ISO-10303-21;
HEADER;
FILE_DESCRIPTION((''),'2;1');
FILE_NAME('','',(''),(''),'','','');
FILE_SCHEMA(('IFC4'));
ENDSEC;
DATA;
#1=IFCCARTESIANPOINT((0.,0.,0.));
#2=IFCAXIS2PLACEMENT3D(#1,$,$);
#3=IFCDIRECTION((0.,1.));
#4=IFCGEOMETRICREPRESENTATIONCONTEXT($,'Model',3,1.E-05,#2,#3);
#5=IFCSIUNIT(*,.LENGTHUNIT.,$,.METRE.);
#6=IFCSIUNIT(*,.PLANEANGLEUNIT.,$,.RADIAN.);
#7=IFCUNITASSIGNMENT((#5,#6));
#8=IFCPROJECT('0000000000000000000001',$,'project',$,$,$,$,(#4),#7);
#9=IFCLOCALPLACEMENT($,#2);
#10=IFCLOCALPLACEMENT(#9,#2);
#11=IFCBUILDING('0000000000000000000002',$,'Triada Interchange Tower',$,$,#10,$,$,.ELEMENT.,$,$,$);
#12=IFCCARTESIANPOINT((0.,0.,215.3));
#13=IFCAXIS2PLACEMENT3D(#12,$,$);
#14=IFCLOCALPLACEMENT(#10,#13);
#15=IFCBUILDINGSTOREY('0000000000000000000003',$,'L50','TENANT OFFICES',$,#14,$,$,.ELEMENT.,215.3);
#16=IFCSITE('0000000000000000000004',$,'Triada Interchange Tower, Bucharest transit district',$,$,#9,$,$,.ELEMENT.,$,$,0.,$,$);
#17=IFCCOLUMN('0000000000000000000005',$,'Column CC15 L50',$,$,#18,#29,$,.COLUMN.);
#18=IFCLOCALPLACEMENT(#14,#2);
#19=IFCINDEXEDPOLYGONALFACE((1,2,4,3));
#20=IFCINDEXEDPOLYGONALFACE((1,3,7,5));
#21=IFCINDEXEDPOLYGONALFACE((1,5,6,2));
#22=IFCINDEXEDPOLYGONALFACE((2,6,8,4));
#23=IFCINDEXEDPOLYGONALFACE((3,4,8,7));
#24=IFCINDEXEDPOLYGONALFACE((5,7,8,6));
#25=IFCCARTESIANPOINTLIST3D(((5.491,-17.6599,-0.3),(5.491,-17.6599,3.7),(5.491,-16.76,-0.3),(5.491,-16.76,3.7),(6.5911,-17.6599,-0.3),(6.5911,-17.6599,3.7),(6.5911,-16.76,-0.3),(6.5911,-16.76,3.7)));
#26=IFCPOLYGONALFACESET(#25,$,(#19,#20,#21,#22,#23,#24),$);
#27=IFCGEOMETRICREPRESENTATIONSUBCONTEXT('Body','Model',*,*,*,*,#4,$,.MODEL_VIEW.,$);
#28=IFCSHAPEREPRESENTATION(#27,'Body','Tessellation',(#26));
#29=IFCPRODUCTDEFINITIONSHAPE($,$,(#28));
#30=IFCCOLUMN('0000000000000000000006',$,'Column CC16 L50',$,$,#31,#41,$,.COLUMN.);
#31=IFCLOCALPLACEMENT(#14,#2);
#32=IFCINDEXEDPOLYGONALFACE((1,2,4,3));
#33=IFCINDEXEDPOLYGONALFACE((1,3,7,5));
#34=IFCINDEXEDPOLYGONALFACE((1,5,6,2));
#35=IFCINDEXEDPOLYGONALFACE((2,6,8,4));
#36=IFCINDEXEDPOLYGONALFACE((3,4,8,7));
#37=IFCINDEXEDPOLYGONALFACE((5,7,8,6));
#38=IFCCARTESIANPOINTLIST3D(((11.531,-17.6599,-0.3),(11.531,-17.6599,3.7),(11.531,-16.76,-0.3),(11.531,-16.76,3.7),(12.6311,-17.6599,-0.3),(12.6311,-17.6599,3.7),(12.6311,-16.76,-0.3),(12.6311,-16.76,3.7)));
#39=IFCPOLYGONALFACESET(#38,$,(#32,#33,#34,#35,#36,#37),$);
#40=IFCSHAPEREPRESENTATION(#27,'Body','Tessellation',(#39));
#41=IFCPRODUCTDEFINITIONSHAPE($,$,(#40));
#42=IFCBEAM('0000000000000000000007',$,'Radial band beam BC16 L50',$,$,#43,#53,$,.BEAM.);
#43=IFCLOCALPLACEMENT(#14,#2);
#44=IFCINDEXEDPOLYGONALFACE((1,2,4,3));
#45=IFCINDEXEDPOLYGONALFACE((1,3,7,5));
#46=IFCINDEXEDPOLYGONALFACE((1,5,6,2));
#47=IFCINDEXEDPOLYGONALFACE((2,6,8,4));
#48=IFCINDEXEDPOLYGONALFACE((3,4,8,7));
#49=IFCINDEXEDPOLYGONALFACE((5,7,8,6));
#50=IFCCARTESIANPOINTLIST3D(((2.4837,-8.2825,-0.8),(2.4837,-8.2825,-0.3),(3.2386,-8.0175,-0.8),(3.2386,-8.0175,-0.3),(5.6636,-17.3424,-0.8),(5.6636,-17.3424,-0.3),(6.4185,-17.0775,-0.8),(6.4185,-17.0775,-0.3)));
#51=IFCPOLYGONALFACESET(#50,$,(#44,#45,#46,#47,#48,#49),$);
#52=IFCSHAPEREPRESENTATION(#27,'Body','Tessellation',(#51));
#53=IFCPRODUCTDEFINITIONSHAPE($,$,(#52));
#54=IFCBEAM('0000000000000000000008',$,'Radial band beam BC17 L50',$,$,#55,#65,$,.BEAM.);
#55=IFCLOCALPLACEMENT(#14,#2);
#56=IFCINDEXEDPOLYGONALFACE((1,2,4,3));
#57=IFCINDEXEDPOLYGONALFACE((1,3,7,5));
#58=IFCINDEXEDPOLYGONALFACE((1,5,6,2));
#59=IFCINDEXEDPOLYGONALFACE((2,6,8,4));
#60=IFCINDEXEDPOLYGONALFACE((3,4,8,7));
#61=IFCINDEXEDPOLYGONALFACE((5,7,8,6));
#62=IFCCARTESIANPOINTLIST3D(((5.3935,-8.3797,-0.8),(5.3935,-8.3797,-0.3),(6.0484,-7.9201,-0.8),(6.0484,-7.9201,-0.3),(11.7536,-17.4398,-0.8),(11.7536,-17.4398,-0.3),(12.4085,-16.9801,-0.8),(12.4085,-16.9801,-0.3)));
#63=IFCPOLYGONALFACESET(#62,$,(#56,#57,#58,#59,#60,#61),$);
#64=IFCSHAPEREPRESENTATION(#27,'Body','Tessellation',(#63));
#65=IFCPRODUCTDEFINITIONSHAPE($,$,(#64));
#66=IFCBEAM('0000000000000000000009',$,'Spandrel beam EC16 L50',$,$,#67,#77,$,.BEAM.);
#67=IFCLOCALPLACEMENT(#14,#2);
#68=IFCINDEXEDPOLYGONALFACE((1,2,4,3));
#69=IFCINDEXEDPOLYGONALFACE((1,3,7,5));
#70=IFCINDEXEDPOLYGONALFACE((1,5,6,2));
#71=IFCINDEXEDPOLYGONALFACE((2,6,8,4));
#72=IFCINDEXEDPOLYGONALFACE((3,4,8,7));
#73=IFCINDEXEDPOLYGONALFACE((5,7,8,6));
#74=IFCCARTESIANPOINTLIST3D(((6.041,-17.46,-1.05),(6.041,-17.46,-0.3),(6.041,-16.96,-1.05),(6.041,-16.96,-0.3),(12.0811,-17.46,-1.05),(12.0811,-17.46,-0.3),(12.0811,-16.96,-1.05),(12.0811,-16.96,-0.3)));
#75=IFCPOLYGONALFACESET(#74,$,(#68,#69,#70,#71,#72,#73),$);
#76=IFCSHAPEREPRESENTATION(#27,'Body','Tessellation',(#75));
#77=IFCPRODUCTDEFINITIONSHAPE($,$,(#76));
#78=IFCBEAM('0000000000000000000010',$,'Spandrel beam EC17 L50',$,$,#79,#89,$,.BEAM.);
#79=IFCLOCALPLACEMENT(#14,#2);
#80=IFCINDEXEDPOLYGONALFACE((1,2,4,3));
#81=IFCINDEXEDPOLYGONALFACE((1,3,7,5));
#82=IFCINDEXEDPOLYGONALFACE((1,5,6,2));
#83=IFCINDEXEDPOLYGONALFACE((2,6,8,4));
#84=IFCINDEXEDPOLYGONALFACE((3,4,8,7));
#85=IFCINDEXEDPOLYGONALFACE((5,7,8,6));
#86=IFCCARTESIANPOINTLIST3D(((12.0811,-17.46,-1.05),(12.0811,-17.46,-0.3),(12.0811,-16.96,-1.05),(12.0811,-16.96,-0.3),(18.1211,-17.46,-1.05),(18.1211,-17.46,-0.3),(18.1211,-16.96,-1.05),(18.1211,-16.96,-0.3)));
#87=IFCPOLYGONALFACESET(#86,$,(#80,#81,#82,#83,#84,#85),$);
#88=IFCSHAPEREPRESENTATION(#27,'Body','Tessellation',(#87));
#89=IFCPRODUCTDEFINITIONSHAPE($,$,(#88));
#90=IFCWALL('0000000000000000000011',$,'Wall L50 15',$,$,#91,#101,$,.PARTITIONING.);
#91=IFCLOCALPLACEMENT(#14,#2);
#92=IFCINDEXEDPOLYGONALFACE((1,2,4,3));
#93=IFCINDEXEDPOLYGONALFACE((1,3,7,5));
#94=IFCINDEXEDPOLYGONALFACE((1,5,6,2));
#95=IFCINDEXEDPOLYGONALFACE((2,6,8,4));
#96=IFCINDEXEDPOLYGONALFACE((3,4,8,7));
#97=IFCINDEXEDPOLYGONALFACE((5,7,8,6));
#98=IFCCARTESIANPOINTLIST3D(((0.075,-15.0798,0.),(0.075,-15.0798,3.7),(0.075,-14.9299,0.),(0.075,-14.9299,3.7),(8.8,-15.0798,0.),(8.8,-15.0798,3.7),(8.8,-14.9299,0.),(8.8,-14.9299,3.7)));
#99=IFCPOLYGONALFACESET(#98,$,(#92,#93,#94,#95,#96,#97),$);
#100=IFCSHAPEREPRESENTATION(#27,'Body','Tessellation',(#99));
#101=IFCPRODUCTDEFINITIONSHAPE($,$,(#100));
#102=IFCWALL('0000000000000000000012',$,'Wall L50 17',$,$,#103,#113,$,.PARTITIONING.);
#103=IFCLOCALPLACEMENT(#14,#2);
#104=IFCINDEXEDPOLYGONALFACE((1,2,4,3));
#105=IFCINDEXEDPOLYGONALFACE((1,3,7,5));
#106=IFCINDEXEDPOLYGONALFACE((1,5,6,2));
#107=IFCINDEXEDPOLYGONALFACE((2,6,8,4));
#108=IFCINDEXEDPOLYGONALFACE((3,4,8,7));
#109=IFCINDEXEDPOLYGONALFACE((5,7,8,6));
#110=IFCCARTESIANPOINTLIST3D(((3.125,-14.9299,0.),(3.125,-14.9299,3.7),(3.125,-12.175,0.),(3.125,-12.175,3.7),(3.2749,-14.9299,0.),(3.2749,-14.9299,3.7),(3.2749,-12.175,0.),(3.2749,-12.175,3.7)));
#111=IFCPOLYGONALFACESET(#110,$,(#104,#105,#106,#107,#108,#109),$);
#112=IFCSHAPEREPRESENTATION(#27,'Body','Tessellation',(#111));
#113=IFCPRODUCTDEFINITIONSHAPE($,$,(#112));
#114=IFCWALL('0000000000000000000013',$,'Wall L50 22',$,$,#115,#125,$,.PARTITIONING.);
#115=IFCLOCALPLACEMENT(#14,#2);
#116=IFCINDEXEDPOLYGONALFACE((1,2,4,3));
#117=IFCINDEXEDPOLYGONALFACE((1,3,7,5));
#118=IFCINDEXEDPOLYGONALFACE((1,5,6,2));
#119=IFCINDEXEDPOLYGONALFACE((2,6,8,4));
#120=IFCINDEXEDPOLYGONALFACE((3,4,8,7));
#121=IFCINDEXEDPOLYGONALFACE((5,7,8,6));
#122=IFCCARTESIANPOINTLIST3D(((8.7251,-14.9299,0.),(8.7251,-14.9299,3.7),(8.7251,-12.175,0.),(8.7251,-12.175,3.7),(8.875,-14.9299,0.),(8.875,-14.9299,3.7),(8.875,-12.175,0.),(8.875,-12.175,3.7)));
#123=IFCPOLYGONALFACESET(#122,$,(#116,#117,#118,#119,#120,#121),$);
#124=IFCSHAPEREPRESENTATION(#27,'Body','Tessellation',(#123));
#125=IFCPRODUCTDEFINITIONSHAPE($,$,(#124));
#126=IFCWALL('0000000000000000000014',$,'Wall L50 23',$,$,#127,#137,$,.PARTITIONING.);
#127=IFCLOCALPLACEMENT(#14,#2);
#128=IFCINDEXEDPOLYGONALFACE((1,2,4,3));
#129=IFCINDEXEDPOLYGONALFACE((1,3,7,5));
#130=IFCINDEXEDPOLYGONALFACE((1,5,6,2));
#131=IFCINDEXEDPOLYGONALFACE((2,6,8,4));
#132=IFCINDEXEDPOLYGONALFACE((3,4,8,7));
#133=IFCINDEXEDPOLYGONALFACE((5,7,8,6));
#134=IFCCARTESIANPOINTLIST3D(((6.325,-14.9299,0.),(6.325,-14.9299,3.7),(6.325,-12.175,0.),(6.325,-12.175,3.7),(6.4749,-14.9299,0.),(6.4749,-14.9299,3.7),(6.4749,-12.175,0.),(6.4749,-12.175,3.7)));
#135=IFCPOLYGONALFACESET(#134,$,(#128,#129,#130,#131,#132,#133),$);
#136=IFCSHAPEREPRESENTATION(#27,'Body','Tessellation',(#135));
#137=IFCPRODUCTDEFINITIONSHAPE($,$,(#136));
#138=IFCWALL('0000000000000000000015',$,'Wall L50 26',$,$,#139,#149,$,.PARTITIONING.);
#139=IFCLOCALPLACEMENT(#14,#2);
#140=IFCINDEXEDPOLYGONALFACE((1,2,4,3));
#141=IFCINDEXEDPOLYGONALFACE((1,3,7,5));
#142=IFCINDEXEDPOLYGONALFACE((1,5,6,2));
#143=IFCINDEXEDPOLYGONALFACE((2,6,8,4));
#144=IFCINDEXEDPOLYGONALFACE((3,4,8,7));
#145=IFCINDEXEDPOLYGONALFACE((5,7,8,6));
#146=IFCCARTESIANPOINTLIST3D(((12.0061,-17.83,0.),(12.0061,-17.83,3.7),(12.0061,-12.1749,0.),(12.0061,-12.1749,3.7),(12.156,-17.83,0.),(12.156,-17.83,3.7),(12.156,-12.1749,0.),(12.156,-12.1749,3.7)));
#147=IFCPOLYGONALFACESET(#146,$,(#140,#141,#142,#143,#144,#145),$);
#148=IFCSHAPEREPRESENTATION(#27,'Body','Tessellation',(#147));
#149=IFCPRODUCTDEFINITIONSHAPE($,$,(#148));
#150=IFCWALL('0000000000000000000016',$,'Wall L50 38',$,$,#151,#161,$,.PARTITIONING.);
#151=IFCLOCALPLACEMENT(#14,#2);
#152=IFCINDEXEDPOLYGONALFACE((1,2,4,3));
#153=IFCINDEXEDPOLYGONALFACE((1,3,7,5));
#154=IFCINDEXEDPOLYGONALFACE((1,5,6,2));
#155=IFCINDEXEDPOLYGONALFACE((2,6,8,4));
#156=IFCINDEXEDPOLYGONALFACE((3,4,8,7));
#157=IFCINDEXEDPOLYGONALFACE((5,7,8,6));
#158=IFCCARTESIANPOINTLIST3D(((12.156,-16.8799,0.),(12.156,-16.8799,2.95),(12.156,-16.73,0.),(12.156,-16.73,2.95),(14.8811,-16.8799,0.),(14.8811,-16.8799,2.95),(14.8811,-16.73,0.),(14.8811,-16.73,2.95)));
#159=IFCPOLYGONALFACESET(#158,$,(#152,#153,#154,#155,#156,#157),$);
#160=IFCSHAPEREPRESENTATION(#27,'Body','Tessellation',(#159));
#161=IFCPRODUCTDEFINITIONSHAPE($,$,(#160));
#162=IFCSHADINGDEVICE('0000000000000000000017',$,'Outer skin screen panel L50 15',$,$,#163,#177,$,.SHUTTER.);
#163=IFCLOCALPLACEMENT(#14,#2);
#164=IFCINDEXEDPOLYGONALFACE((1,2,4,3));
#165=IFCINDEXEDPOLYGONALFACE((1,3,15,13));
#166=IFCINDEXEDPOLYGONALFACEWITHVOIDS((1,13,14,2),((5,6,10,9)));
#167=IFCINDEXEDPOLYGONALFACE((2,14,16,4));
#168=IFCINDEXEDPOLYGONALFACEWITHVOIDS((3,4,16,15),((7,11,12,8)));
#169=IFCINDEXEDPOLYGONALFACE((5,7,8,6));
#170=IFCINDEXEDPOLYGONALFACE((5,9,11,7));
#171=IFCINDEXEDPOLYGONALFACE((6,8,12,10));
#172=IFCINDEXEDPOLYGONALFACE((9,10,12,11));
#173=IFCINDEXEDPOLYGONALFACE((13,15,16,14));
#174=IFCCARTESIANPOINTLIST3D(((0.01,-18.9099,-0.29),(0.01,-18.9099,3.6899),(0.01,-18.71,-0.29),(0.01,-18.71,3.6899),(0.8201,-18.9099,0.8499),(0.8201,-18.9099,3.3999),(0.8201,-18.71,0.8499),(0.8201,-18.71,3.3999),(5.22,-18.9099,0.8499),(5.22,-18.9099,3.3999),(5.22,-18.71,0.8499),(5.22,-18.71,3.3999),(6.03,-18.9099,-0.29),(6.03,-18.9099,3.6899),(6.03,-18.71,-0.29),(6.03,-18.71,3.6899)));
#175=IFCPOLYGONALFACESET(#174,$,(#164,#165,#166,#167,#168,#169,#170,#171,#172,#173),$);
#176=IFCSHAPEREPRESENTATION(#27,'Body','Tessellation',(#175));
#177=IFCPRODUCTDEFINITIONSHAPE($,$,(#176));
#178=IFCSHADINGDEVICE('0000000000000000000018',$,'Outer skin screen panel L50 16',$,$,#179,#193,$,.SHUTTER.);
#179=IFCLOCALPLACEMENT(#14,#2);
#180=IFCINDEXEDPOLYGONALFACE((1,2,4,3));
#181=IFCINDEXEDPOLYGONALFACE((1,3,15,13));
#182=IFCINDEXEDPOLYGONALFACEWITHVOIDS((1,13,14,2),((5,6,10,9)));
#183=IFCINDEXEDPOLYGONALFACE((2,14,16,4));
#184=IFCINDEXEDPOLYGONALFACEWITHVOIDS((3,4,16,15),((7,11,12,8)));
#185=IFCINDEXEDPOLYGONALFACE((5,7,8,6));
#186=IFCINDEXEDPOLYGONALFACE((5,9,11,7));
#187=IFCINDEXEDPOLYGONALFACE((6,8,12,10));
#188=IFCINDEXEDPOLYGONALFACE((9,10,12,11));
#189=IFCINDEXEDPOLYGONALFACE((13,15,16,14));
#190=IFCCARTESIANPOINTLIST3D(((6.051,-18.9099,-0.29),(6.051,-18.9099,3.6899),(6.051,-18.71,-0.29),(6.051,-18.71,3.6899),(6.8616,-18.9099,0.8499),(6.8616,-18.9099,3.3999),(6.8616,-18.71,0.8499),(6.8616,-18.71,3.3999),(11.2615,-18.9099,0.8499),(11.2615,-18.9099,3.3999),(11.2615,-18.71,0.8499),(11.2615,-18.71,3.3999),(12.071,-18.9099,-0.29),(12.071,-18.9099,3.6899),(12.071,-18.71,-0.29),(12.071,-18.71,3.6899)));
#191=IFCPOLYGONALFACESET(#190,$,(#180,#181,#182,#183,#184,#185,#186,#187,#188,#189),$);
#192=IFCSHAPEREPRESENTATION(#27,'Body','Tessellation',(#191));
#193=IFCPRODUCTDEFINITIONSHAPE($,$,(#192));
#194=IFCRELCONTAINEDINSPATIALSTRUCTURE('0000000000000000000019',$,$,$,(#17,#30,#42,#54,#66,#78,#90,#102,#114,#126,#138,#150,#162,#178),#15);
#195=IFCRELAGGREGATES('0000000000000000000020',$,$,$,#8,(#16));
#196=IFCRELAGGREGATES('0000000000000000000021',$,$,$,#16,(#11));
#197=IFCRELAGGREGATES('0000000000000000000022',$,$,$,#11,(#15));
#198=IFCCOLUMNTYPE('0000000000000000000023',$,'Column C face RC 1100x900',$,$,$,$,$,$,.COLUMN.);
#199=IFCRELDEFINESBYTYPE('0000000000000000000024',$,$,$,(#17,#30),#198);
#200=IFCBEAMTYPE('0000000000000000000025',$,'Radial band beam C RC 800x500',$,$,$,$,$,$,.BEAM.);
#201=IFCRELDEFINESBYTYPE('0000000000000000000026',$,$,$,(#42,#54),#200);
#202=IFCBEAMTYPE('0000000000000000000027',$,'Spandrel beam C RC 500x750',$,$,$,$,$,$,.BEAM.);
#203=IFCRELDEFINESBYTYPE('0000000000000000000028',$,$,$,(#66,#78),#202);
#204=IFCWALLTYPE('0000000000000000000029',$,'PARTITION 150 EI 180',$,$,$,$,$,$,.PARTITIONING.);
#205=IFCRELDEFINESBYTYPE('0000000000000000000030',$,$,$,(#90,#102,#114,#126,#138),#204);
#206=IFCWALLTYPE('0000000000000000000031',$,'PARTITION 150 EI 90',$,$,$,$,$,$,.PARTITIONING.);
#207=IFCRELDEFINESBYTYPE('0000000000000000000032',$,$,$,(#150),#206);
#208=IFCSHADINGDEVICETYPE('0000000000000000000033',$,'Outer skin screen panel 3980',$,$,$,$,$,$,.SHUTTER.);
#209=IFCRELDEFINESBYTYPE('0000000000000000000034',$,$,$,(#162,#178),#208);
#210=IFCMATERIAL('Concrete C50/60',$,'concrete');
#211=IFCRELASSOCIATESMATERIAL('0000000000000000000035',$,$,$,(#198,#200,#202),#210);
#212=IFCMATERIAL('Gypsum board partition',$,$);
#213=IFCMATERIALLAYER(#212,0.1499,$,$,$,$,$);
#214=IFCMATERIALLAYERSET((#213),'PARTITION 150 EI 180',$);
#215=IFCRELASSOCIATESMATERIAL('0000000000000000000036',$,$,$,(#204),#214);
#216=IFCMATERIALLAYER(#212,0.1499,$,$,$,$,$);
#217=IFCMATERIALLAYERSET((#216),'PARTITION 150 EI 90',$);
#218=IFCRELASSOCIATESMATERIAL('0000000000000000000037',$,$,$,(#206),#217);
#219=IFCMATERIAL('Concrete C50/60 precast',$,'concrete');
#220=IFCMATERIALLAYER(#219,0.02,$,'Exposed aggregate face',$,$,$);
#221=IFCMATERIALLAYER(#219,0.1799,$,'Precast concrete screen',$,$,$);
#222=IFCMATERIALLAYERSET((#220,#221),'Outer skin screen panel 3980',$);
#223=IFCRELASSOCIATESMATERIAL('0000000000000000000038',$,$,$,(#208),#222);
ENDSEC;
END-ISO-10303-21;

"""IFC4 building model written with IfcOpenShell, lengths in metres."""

from ifc_helpers import new_model, si_unit, direction, frame, frame_2d, origin, origin_2d, place, context, subcontext, project, spatial, polyline, rectangle, outline, extrude, material, layer, layer_set, material_profile, profile_set, type_object, element, save


model = new_model("IFC4")

# Units and contexts
model_context = context("Model", 3, precision=1e-05, world=origin(), true_north=direction((0.0, 1.0)))
body_context = subcontext(model_context, "Body", "Model", "MODEL_VIEW")
ifc_project = project(units=[si_unit("LENGTHUNIT", "METRE"), si_unit("PLANEANGLEUNIT", "RADIAN")], contexts=[model_context])

# Site, building, storey
site_placement = place(None, origin())
site = spatial("IfcSite", under=ifc_project, at=site_placement, Name="Triada Interchange Tower, Bucharest transit district", CompositionType="ELEMENT", RefElevation=0.0)
building_placement = place(site_placement, origin())
building = spatial("IfcBuilding", under=site, at=building_placement, Name="Triada Interchange Tower", CompositionType="ELEMENT")
storey_placement = place(building_placement, frame((0.0, 0.0, 215.3)))
storey = spatial("IfcBuildingStorey", under=building, at=storey_placement, Name="L50", Description="TENANT OFFICES", CompositionType="ELEMENT", Elevation=215.3)

# Columns
ifc_material_1 = material(Name="Concrete C50/60", Category="concrete")
ifc_material_profile_1 = material_profile(ifc_material_1, rectangle(XDim=1.1001, YDim=0.8999, at=origin_2d()), Name="RC 1100x900")
ifc_profile_set_1 = profile_set([ifc_material_profile_1], Name="Concrete C50/60")
column_type = type_object("IfcColumnType", Name="Column C face RC 1100x900", PredefinedType="COLUMN", material=ifc_profile_set_1)
for number, where, z_axis, x_axis, name in (
    (1, (6.041, -17.21, -0.3), (0.0, 0.0, 1.0), (1.0, 0.0, 0.0), "Column CC15 L50"),
    (2, (12.0811, -17.21, -0.3), (0.0, 0.0, 1.0), (1.0, 0.0, 0.0), "Column CC16 L50"),
):
    element("IfcColumn", number, at=place(storey_placement, frame(where, z_axis=z_axis, x_axis=x_axis)), inside=storey, type_object=column_type, Name=name, PredefinedType="COLUMN", context=body_context, shape_type="SweptSolid", body=[
        extrude(rectangle(XDim=1.1001, YDim=0.8999, at=origin_2d()), origin(), (0.0, 0.0, 1.0), 4.0),
    ])

# Beams
ifc_material_profile_2 = material_profile(ifc_material_1, rectangle(XDim=0.8, YDim=0.5, at=origin_2d()), Name="RC 800x500")
ifc_profile_set_2 = profile_set([ifc_material_profile_2], Name="Concrete C50/60")
beam_type_1 = type_object("IfcBeamType", Name="Radial band beam C RC 800x500", PredefinedType="BEAM", material=ifc_profile_set_2)
beam_1_placement = place(storey_placement, frame((6.041, -17.21, -0.55), z_axis=(-0.331177, 0.943569, 0.0), x_axis=(-0.943569, -0.331177, 0.0)))
element("IfcBeam", 3, at=beam_1_placement, inside=storey, type_object=beam_type_1, Name="Radial band beam BC16 L50", PredefinedType="BEAM", context=body_context, shape_type="SweptSolid", body=[
    extrude(rectangle(XDim=0.8, YDim=0.5, at=origin_2d()), origin(), (0.0, 0.0, 1.0), 9.6018),
])
beam_2_placement = place(storey_placement, frame((12.0811, -17.21, -0.55), z_axis=(-0.574557, 0.818464, 0.0), x_axis=(-0.818464, -0.574557, 0.0)))
element("IfcBeam", 4, at=beam_2_placement, inside=storey, type_object=beam_type_1, Name="Radial band beam BC17 L50", PredefinedType="BEAM", context=body_context, shape_type="SweptSolid", body=[
    extrude(rectangle(XDim=0.8, YDim=0.5, at=origin_2d()), origin(), (0.0, 0.0, 1.0), 11.0696),
])
ifc_material_profile_3 = material_profile(ifc_material_1, rectangle(XDim=0.5, YDim=0.75, at=origin_2d()), Name="RC 500x750")
ifc_profile_set_3 = profile_set([ifc_material_profile_3], Name="Concrete C50/60")
beam_type_2 = type_object("IfcBeamType", Name="Spandrel beam C RC 500x750", PredefinedType="BEAM", material=ifc_profile_set_3)
for number, where, z_axis, x_axis, name in (
    (5, (6.041, -17.21, -0.675), (1.0, 0.0, 0.0), (0.0, 1.0, 0.0), "Spandrel beam EC16 L50"),
    (6, (12.0811, -17.21, -0.675), (1.0, 0.0, 0.0), (0.0, 1.0, 0.0), "Spandrel beam EC17 L50"),
):
    element("IfcBeam", number, at=place(storey_placement, frame(where, z_axis=z_axis, x_axis=x_axis)), inside=storey, type_object=beam_type_2, Name=name, PredefinedType="BEAM", context=body_context, shape_type="SweptSolid", body=[
        extrude(rectangle(XDim=0.5, YDim=0.75, at=origin_2d()), origin(), (0.0, 0.0, 1.0), 6.04),
    ])

# Walls
ifc_material_2 = material(Name="Gypsum board partition")
ifc_layer_1 = layer(ifc_material_2, 0.1499)
ifc_layer_set_1 = layer_set([ifc_layer_1], Name="PARTITION 150 EI 180")
wall_type_1 = type_object("IfcWallType", Name="PARTITION 150 EI 180", PredefinedType="PARTITIONING", material=ifc_layer_set_1)
wall_1_placement = place(storey_placement, frame((0.075, -15.0049, 0.0), z_axis=(0.0, 0.0, 1.0), x_axis=(1.0, 0.0, 0.0)))
element("IfcWall", 7, at=wall_1_placement, inside=storey, type_object=wall_type_1, Name="Wall L50 15", PredefinedType="PARTITIONING", context=body_context, shape_type="SweptSolid", body=[
    extrude(rectangle(XDim=8.7251, YDim=0.1499, at=frame_2d((4.3625, 0.0))), origin(), (0.0, 0.0, 1.0), 3.7),
])
for number, where, z_axis, x_axis, name in (
    (8, (3.2, -14.9299, 0.0), (0.0, 0.0, 1.0), (0.0, 1.0, 0.0), "Wall L50 17"),
    (9, (8.8, -14.9299, 0.0), (0.0, 0.0, 1.0), (0.0, 1.0, 0.0), "Wall L50 22"),
    (10, (6.3999, -14.9299, 0.0), (0.0, 0.0, 1.0), (0.0, 1.0, 0.0), "Wall L50 23"),
):
    element("IfcWall", number, at=place(storey_placement, frame(where, z_axis=z_axis, x_axis=x_axis)), inside=storey, type_object=wall_type_1, Name=name, PredefinedType="PARTITIONING", context=body_context, shape_type="SweptSolid", body=[
        extrude(rectangle(XDim=2.7549, YDim=0.1499, at=frame_2d((1.3774, 0.0))), origin(), (0.0, 0.0, 1.0), 3.7),
    ])
wall_2_placement = place(storey_placement, frame((12.0811, -17.8301, 0.0), z_axis=(0.0, 0.0, 1.0), x_axis=(0.0, 1.0, 0.0)))
element("IfcWall", 11, at=wall_2_placement, inside=storey, type_object=wall_type_1, Name="Wall L50 26", PredefinedType="PARTITIONING", context=body_context, shape_type="SweptSolid", body=[
    extrude(rectangle(XDim=5.655, YDim=0.1499, at=frame_2d((2.8276, 0.0))), origin(), (0.0, 0.0, 1.0), 3.7),
])
ifc_layer_2 = layer(ifc_material_2, 0.1499)
ifc_layer_set_2 = layer_set([ifc_layer_2], Name="PARTITION 150 EI 90")
wall_type_2 = type_object("IfcWallType", Name="PARTITION 150 EI 90", PredefinedType="PARTITIONING", material=ifc_layer_set_2)
wall_3_placement = place(storey_placement, frame((12.156, -16.8049, 0.0), z_axis=(0.0, 0.0, 1.0), x_axis=(1.0, 0.0, 0.0)))
element("IfcWall", 12, at=wall_3_placement, inside=storey, type_object=wall_type_2, Name="Wall L50 38", PredefinedType="PARTITIONING", context=body_context, shape_type="SweptSolid", body=[
    extrude(rectangle(XDim=2.7251, YDim=0.1499, at=frame_2d((1.3625, 0.0))), origin(), (0.0, 0.0, 1.0), 2.95),
])

# Shading devices
ifc_material_3 = material(Name="Concrete C50/60 precast", Category="concrete")
ifc_layer_3 = layer(ifc_material_3, 0.02, Name="Exposed aggregate face")
ifc_layer_4 = layer(ifc_material_3, 0.1799, Name="Precast concrete screen")
ifc_layer_set_3 = layer_set([ifc_layer_3, ifc_layer_4], Name="Outer skin screen panel 3980")
shading_device_type = type_object("IfcShadingDeviceType", Name="Outer skin screen panel 3980", PredefinedType="SHUTTER", material=ifc_layer_set_3)
shading_device_1_placement = place(storey_placement, frame((0.01, -18.71, -0.29), z_axis=(0.0, 0.0, 1.0), x_axis=(1.0, 0.0, 0.0)))
element("IfcShadingDevice", 13, at=shading_device_1_placement, inside=storey, type_object=shading_device_type, Name="Outer skin screen panel L50 15", PredefinedType="SHUTTER", context=body_context, shape_type="SweptSolid", body=[
    extrude(outline(polyline([(0.0, 0.0), (6.02, 0.0), (6.02, 3.98), (0.0, 3.98), (0.0, 0.0)]), holes=[polyline([(0.8101, 1.1399), (0.8101, 3.6899), (5.21, 3.6899), (5.21, 1.1399), (0.8101, 1.1399)])]), frame((0.0, 0.0, 0.0), z_axis=(0.0, -1.0, 0.0), x_axis=(1.0, 0.0, 0.0)), (0.0, 0.0, 1.0), 0.2),
])
shading_device_2_placement = place(storey_placement, frame((6.051, -18.71, -0.29), z_axis=(0.0, 0.0, 1.0), x_axis=(1.0, 0.0, 0.0)))
element("IfcShadingDevice", 14, at=shading_device_2_placement, inside=storey, type_object=shading_device_type, Name="Outer skin screen panel L50 16", PredefinedType="SHUTTER", context=body_context, shape_type="SweptSolid", body=[
    extrude(outline(polyline([(0.0, 0.0), (6.02, 0.0), (6.02, 3.98), (0.0, 3.98), (0.0, 0.0)]), holes=[polyline([(0.8105, 1.1399), (0.8105, 3.6899), (5.2104, 3.6899), (5.2104, 1.1399), (0.8105, 1.1399)])]), frame((0.0, 0.0, 0.0), z_axis=(0.0, -1.0, 0.0), x_axis=(1.0, 0.0, 0.0)), (0.0, 0.0, 1.0), 0.2),
])

save(model, "model.ifc")
